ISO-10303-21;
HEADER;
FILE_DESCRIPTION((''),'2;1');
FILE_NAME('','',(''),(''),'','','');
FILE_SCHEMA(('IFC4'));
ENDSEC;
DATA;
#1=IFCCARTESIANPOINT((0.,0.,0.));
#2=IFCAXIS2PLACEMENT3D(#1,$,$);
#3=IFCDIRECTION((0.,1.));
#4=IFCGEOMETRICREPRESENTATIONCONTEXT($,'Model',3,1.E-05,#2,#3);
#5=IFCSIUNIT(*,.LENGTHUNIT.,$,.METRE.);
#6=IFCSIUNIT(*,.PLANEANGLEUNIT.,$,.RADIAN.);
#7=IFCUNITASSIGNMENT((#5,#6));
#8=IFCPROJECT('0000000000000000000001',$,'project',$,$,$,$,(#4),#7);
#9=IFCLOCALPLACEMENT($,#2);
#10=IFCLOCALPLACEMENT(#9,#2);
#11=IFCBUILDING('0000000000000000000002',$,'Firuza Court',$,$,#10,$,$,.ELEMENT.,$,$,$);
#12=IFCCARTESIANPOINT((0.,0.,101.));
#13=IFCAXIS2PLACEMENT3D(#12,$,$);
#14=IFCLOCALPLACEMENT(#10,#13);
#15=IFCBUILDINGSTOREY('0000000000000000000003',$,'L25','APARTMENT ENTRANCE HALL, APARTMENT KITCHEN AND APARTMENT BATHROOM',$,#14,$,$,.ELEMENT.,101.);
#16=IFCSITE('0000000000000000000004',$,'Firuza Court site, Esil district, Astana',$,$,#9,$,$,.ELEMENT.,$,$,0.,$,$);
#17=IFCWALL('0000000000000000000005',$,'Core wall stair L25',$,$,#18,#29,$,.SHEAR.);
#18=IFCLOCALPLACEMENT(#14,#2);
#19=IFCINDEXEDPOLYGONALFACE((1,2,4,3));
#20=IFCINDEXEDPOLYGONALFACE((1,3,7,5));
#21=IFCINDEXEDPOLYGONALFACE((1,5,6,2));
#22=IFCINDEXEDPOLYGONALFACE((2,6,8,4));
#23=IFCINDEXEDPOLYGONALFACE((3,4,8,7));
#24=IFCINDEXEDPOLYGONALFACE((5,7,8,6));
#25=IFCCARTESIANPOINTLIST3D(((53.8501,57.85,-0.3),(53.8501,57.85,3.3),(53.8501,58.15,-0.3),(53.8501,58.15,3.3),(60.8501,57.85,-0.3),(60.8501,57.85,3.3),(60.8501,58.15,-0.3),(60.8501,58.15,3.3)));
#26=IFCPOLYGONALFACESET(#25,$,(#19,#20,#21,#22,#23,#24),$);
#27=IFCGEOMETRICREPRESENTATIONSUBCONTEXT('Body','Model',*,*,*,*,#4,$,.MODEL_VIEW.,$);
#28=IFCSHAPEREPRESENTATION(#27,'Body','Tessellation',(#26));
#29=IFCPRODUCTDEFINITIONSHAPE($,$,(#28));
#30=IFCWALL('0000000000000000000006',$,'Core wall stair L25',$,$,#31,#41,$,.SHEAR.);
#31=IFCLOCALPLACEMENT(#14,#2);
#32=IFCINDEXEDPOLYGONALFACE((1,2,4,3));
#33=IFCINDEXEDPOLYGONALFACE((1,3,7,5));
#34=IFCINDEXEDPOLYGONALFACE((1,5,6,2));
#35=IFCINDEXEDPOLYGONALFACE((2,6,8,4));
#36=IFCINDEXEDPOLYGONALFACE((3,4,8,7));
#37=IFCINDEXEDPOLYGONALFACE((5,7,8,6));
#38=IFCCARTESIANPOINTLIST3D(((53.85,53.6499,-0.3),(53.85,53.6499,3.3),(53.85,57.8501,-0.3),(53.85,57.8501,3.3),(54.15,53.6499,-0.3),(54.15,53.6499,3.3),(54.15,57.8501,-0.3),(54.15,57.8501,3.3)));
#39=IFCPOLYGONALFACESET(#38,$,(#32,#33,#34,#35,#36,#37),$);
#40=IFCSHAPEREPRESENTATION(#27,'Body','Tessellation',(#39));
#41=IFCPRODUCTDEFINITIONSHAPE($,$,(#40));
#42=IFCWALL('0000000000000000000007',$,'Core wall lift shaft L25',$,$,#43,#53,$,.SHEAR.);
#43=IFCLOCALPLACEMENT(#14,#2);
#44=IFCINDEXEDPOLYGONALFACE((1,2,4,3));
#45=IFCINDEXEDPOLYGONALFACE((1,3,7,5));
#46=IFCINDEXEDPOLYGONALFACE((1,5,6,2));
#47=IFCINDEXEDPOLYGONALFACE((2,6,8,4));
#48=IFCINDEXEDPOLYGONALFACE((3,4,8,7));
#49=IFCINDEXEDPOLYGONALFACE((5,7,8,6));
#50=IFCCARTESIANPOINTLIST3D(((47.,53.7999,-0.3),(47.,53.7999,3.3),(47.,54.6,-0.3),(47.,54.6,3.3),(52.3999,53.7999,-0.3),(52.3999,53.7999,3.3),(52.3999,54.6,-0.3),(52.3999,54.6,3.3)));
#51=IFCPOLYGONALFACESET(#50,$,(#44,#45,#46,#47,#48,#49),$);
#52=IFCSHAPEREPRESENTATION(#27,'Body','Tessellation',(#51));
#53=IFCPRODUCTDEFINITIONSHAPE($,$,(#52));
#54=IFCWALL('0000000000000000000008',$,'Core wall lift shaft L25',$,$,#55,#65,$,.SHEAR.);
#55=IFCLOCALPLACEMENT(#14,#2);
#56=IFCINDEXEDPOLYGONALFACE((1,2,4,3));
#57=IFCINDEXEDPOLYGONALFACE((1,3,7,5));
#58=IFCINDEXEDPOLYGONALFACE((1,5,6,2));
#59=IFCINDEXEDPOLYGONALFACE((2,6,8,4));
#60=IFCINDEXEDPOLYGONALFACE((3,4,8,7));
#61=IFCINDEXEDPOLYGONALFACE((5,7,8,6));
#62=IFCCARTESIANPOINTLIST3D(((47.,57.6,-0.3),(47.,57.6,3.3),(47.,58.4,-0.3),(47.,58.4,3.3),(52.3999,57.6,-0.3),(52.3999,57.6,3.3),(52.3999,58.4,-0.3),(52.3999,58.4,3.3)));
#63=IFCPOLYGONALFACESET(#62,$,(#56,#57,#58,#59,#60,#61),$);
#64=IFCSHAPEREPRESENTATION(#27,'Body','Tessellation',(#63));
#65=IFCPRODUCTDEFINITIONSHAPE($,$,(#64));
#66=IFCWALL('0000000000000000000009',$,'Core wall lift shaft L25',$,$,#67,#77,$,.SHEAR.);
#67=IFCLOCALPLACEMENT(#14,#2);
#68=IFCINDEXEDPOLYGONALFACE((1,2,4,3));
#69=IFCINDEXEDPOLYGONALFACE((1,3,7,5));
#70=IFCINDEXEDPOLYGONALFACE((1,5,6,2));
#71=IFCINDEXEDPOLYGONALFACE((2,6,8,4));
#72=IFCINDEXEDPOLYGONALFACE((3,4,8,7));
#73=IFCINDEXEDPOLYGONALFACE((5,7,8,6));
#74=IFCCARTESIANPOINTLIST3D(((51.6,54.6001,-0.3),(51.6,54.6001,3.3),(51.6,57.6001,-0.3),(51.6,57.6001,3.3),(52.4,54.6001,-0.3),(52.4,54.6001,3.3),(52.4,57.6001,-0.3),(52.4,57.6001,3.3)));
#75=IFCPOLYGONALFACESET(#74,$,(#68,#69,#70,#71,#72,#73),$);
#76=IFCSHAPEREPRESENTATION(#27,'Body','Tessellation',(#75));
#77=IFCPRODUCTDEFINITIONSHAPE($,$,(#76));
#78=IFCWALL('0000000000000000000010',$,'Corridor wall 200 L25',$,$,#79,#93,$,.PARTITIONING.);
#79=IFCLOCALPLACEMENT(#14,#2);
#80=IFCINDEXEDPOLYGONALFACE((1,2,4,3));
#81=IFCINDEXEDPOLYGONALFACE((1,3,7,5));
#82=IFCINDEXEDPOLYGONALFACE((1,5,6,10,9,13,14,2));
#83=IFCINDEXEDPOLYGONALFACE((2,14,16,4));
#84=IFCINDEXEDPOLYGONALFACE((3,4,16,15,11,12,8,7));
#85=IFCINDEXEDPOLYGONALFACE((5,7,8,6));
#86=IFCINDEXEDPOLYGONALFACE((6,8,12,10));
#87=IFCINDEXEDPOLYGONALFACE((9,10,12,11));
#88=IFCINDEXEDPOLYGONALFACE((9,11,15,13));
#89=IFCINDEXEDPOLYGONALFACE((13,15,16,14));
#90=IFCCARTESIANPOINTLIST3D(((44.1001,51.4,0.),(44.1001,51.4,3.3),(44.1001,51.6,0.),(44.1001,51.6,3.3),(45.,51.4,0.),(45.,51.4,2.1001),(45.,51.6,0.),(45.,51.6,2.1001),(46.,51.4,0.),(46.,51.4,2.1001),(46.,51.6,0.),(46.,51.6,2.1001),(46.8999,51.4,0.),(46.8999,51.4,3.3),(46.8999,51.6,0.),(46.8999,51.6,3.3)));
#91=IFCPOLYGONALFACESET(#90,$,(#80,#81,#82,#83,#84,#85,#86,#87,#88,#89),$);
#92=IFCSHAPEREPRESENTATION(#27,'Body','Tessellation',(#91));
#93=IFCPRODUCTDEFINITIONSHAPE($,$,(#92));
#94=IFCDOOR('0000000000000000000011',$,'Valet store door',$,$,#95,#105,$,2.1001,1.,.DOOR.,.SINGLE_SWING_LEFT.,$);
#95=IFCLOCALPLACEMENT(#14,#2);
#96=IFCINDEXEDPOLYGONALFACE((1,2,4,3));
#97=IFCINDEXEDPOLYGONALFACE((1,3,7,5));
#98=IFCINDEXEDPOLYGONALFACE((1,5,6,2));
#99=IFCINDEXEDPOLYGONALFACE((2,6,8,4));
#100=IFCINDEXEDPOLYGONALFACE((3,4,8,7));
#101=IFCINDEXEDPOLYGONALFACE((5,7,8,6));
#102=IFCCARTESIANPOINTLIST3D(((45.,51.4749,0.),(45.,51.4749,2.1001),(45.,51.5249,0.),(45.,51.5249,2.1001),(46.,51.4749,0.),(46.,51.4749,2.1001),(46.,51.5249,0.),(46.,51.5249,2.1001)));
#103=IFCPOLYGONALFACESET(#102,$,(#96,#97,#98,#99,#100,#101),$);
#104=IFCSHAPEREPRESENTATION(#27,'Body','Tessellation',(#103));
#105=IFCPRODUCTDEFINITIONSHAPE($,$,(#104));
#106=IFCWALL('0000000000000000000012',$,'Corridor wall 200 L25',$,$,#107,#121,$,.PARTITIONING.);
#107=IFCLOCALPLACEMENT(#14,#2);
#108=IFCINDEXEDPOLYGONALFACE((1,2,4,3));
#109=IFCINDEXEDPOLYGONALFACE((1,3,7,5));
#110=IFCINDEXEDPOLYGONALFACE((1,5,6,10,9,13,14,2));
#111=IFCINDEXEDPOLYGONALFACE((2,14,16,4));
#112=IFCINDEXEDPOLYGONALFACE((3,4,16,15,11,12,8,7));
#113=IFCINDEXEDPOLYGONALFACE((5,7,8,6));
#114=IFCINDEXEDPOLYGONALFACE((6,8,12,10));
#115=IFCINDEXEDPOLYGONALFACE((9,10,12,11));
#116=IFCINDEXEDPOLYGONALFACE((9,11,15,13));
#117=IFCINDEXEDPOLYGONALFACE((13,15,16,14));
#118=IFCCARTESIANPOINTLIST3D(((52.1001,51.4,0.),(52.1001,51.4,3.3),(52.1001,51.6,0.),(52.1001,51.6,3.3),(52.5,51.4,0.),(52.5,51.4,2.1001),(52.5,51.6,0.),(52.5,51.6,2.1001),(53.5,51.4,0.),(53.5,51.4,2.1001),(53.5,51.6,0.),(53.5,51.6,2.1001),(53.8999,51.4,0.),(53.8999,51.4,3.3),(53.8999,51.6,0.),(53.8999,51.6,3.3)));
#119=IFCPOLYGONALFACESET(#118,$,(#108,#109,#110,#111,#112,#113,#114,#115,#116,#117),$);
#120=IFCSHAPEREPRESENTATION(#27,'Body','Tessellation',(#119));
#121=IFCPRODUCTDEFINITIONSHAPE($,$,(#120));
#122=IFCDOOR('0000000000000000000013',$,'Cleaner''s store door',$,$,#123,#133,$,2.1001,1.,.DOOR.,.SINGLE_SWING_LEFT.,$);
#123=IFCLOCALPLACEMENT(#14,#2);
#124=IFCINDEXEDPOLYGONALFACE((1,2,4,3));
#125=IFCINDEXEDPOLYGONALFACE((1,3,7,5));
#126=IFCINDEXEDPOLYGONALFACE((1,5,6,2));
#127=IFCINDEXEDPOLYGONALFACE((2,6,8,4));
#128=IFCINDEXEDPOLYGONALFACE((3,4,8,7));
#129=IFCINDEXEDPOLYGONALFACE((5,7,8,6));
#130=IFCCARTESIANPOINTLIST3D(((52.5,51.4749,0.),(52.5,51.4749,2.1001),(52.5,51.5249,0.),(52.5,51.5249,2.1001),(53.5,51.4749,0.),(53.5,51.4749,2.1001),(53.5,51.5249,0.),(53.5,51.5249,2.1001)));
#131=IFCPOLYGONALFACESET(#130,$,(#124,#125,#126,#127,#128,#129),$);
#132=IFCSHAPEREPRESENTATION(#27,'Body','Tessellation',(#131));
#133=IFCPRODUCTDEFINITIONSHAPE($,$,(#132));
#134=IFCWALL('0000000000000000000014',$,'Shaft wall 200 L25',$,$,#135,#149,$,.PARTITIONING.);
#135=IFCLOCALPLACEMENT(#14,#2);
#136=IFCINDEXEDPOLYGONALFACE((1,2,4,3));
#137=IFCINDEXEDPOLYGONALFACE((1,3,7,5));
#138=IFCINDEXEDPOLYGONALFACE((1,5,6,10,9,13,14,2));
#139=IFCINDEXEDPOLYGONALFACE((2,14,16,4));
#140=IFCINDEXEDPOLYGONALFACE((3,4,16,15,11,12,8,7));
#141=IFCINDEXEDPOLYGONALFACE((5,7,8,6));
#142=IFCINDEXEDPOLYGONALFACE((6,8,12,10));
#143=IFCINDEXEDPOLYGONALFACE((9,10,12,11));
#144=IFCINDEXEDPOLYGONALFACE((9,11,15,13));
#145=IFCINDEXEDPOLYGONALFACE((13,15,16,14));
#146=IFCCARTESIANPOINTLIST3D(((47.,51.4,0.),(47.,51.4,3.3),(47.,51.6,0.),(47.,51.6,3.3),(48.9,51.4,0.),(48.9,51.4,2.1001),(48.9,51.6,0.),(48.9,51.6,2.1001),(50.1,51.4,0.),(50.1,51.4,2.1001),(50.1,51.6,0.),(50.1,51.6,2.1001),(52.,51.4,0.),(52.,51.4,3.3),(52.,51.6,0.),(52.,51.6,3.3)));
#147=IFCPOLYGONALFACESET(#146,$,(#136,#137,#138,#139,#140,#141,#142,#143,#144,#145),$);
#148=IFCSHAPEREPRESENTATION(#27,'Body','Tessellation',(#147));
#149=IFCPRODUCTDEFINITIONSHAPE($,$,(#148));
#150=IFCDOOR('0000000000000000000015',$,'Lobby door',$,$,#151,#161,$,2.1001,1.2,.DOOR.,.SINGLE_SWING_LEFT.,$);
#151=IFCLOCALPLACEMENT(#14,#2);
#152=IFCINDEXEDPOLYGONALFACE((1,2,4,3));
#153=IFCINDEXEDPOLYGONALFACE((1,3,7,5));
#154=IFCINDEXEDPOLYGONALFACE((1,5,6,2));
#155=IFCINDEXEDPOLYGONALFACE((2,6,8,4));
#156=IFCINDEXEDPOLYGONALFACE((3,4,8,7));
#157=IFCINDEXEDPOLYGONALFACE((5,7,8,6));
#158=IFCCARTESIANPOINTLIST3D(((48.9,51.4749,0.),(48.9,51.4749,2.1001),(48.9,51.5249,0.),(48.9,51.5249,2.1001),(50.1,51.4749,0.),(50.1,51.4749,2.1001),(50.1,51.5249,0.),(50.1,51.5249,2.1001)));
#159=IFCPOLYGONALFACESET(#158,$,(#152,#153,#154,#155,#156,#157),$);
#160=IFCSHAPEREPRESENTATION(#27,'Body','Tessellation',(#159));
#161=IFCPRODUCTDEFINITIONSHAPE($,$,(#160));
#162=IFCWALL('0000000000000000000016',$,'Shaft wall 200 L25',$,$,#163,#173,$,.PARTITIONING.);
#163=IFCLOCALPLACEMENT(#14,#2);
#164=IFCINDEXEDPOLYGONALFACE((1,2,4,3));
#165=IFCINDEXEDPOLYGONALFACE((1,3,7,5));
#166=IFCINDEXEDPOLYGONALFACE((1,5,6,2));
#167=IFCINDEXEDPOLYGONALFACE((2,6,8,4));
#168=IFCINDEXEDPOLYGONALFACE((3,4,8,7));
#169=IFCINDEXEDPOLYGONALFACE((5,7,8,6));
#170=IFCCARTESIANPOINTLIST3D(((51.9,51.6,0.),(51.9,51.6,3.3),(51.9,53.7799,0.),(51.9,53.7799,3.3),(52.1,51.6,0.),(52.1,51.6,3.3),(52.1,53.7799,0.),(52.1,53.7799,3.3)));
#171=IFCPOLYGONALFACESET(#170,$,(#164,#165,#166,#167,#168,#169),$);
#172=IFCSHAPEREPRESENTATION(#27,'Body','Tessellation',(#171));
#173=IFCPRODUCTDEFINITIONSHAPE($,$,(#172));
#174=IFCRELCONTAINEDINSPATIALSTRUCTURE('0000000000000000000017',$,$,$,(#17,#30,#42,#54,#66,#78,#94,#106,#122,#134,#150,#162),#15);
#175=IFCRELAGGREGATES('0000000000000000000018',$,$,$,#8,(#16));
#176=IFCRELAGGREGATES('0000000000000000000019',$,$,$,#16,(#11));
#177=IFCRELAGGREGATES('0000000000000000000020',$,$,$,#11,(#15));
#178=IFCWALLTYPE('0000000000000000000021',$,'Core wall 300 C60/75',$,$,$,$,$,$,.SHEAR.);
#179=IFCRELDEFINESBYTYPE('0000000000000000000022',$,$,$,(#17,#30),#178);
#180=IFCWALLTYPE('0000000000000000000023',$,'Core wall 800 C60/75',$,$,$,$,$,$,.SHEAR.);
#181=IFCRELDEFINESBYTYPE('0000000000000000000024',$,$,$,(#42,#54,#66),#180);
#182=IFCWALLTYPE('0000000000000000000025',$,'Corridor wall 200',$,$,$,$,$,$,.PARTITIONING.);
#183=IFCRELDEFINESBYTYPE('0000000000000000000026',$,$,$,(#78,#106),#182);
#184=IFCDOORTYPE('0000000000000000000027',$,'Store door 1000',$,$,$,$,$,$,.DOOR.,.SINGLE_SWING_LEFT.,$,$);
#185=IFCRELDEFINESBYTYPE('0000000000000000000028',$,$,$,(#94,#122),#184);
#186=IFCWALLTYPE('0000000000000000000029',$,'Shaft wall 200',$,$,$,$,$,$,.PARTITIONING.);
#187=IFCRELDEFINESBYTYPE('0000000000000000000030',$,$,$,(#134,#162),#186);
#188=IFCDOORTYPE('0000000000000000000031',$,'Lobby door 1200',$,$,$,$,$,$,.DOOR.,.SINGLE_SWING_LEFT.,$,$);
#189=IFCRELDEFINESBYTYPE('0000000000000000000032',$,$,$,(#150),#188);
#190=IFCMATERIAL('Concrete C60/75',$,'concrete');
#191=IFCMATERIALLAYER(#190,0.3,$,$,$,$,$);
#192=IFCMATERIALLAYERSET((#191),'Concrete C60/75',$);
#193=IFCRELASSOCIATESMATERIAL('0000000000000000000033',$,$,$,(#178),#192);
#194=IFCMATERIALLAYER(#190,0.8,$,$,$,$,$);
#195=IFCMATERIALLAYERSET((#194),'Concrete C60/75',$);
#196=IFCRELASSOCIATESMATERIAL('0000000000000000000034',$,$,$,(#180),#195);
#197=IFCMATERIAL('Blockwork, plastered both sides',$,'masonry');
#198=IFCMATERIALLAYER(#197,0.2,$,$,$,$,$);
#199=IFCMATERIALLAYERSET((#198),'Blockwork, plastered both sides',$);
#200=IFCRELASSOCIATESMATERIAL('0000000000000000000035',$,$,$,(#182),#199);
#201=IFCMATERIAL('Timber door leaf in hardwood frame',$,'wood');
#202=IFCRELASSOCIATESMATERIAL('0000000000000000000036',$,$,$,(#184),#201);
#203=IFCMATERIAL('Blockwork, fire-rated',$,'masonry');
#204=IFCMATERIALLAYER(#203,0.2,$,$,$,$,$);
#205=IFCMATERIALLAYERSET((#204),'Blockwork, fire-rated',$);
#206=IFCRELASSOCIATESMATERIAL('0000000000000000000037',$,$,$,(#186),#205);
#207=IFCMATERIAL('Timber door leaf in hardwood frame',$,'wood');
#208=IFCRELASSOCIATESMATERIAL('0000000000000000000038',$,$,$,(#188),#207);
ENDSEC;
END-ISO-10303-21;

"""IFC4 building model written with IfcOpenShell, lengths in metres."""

from ifc_helpers import new_model, si_unit, direction, frame, frame_2d, origin, place, context, subcontext, project, spatial, rectangle, extrude, material, layer, layer_set, type_object, element, fill, save


model = new_model("IFC4")

# Units and contexts
model_context = context("Model", 3, precision=1e-05, world=origin(), true_north=direction((0.0, 1.0)))
body_context = subcontext(model_context, "Body", "Model", "MODEL_VIEW")
ifc_project = project(units=[si_unit("LENGTHUNIT", "METRE"), si_unit("PLANEANGLEUNIT", "RADIAN")], contexts=[model_context])

# Site, building, storey
site_placement = place(None, origin())
site = spatial("IfcSite", under=ifc_project, at=site_placement, Name="Firuza Court site, Esil district, Astana", CompositionType="ELEMENT", RefElevation=0.0)
building_placement = place(site_placement, origin())
building = spatial("IfcBuilding", under=site, at=building_placement, Name="Firuza Court", CompositionType="ELEMENT")
storey_placement = place(building_placement, frame((0.0, 0.0, 101.0)))
storey = spatial("IfcBuildingStorey", under=building, at=storey_placement, Name="L25", Description="APARTMENT ENTRANCE HALL, APARTMENT KITCHEN AND APARTMENT BATHROOM", CompositionType="ELEMENT", Elevation=101.0)

# Shared definitions
ifc_material_1 = material(Name="Concrete C60/75", Category="concrete")
ifc_layer_1 = layer(ifc_material_1, 0.3)
ifc_layer_set_1 = layer_set([ifc_layer_1], Name="Concrete C60/75")
wall_type_1 = type_object("IfcWallType", Name="Core wall 300 C60/75", PredefinedType="SHEAR", material=ifc_layer_set_1)

# Walls
wall_1_placement = place(storey_placement, frame((53.8501, 58.0, -0.3), z_axis=(0.0, 0.0, 1.0), x_axis=(1.0, 0.0, 0.0)))
element("IfcWall", 1, at=wall_1_placement, inside=storey, type_object=wall_type_1, Name="Core wall stair L25", PredefinedType="SHEAR", context=body_context, shape_type="SweptSolid", body=[
    extrude(rectangle(XDim=7.0, YDim=0.3, at=frame_2d((3.5, 0.0))), origin(), (0.0, 0.0, 1.0), 3.6001),
])
wall_2_placement = place(storey_placement, frame((54.0, 53.6499, -0.3), z_axis=(0.0, 0.0, 1.0), x_axis=(0.0, 1.0, 0.0)))
element("IfcWall", 2, at=wall_2_placement, inside=storey, type_object=wall_type_1, Name="Core wall stair L25", PredefinedType="SHEAR", context=body_context, shape_type="SweptSolid", body=[
    extrude(rectangle(XDim=4.2002, YDim=0.3, at=frame_2d((2.1001, 0.0))), origin(), (0.0, 0.0, 1.0), 3.6001),
])
ifc_layer_2 = layer(ifc_material_1, 0.8)
ifc_layer_set_2 = layer_set([ifc_layer_2], Name="Concrete C60/75")
wall_type_2 = type_object("IfcWallType", Name="Core wall 800 C60/75", PredefinedType="SHEAR", material=ifc_layer_set_2)
for number, where, z_axis, x_axis, name in (
    (3, (47.0, 54.2, -0.3), (0.0, 0.0, 1.0), (1.0, 0.0, 0.0), "Core wall lift shaft L25"),
    (4, (47.0, 58.0, -0.3), (0.0, 0.0, 1.0), (1.0, 0.0, 0.0), "Core wall lift shaft L25"),
):
    element("IfcWall", number, at=place(storey_placement, frame(where, z_axis=z_axis, x_axis=x_axis)), inside=storey, type_object=wall_type_2, Name=name, PredefinedType="SHEAR", context=body_context, shape_type="SweptSolid", body=[
        extrude(rectangle(XDim=5.3999, YDim=0.8, at=frame_2d((2.7, 0.0))), origin(), (0.0, 0.0, 1.0), 3.6001),
    ])
wall_3_placement = place(storey_placement, frame((52.0, 54.6001, -0.3), z_axis=(0.0, 0.0, 1.0), x_axis=(0.0, 1.0, 0.0)))
element("IfcWall", 5, at=wall_3_placement, inside=storey, type_object=wall_type_2, Name="Core wall lift shaft L25", PredefinedType="SHEAR", context=body_context, shape_type="SweptSolid", body=[
    extrude(rectangle(XDim=3.0, YDim=0.8, at=frame_2d((1.5, 0.0))), origin(), (0.0, 0.0, 1.0), 3.6001),
])

# Walls, openings, doors
ifc_material_2 = material(Name="Blockwork, plastered both sides", Category="masonry")
ifc_layer_3 = layer(ifc_material_2, 0.2)
ifc_layer_set_3 = layer_set([ifc_layer_3], Name="Blockwork, plastered both sides")
wall_type_3 = type_object("IfcWallType", Name="Corridor wall 200", PredefinedType="PARTITIONING", material=ifc_layer_set_3)
wall_4_placement = place(storey_placement, frame((44.1001, 51.5, 0.0), z_axis=(0.0, 0.0, 1.0), x_axis=(1.0, 0.0, 0.0)))
wall_4 = element("IfcWall", 6, at=wall_4_placement, inside=storey, type_object=wall_type_3, Name="Corridor wall 200 L25", PredefinedType="PARTITIONING", context=body_context, shape_type="SweptSolid", body=[
    extrude(rectangle(XDim=2.7998, YDim=0.2, at=frame_2d((1.3999, 0.0))), origin(), (0.0, 0.0, 1.0), 3.3),
])
opening_1_placement = place(wall_4_placement, frame((0.8999, 0.0, 0.0)))
opening_1 = element("IfcOpeningElement", 7, at=opening_1_placement, cuts=wall_4, PredefinedType="OPENING", context=body_context, shape_type="SweptSolid", body=[
    extrude(rectangle(XDim=1.0, YDim=2.1001, at=frame_2d((0.5, 1.05))), frame((0.0, 0.1118, 0.0), z_axis=(0.0, -1.0, 0.0), x_axis=(1.0, 0.0, 0.0)), (0.0, 0.0, 1.0), 0.2239),
])
ifc_material_3 = material(Name="Timber door leaf in hardwood frame", Category="wood")
door_type_1 = type_object("IfcDoorType", Name="Store door 1000", OperationType="SINGLE_SWING_LEFT", PredefinedType="DOOR", material=ifc_material_3)
door_1_placement = place(opening_1_placement, origin())
door_1 = element("IfcDoor", 8, at=door_1_placement, inside=storey, type_object=door_type_1, Name="Valet store door", OperationType="SINGLE_SWING_LEFT", OverallHeight=2.1001, OverallWidth=1.0, PredefinedType="DOOR", context=body_context, shape_type="SweptSolid", body=[
    extrude(rectangle(XDim=1.0, YDim=2.1001, at=frame_2d((0.5, 1.05))), frame((0.0, 0.0249, 0.0), z_axis=(0.0, -1.0, 0.0), x_axis=(1.0, 0.0, 0.0)), (0.0, 0.0, 1.0), 0.05),
])
fill(opening_1, door_1)
wall_5_placement = place(storey_placement, frame((52.1001, 51.5, 0.0), z_axis=(0.0, 0.0, 1.0), x_axis=(1.0, 0.0, 0.0)))
wall_5 = element("IfcWall", 9, at=wall_5_placement, inside=storey, type_object=wall_type_3, Name="Corridor wall 200 L25", PredefinedType="PARTITIONING", context=body_context, shape_type="SweptSolid", body=[
    extrude(rectangle(XDim=1.7998, YDim=0.2, at=frame_2d((0.8999, 0.0))), origin(), (0.0, 0.0, 1.0), 3.3),
])
opening_2_placement = place(wall_5_placement, frame((0.3999, 0.0, 0.0)))
opening_2 = element("IfcOpeningElement", 10, at=opening_2_placement, cuts=wall_5, PredefinedType="OPENING", context=body_context, shape_type="SweptSolid", body=[
    extrude(rectangle(XDim=1.0, YDim=2.1001, at=frame_2d((0.5, 1.05))), frame((0.0, 0.1118, 0.0), z_axis=(0.0, -1.0, 0.0), x_axis=(1.0, 0.0, 0.0)), (0.0, 0.0, 1.0), 0.2239),
])
door_2_placement = place(opening_2_placement, origin())
door_2 = element("IfcDoor", 11, at=door_2_placement, inside=storey, type_object=door_type_1, Name="Cleaner's store door", OperationType="SINGLE_SWING_LEFT", OverallHeight=2.1001, OverallWidth=1.0, PredefinedType="DOOR", context=body_context, shape_type="SweptSolid", body=[
    extrude(rectangle(XDim=1.0, YDim=2.1001, at=frame_2d((0.5, 1.05))), frame((0.0, 0.0249, 0.0), z_axis=(0.0, -1.0, 0.0), x_axis=(1.0, 0.0, 0.0)), (0.0, 0.0, 1.0), 0.05),
])
fill(opening_2, door_2)
ifc_material_4 = material(Name="Blockwork, fire-rated", Category="masonry")
ifc_layer_4 = layer(ifc_material_4, 0.2)
ifc_layer_set_4 = layer_set([ifc_layer_4], Name="Blockwork, fire-rated")
wall_type_4 = type_object("IfcWallType", Name="Shaft wall 200", PredefinedType="PARTITIONING", material=ifc_layer_set_4)
wall_6_placement = place(storey_placement, frame((47.0, 51.5, 0.0), z_axis=(0.0, 0.0, 1.0), x_axis=(1.0, 0.0, 0.0)))
wall_6 = element("IfcWall", 12, at=wall_6_placement, inside=storey, type_object=wall_type_4, Name="Shaft wall 200 L25", PredefinedType="PARTITIONING", context=body_context, shape_type="SweptSolid", body=[
    extrude(rectangle(XDim=5.0, YDim=0.2, at=frame_2d((2.5, 0.0))), origin(), (0.0, 0.0, 1.0), 3.3),
])
opening_3_placement = place(wall_6_placement, frame((1.8999, 0.0, 0.0)))
opening_3 = element("IfcOpeningElement", 13, at=opening_3_placement, cuts=wall_6, PredefinedType="OPENING", context=body_context, shape_type="SweptSolid", body=[
    extrude(rectangle(XDim=1.2, YDim=2.1001, at=frame_2d((0.6001, 1.05))), frame((0.0, 0.1118, 0.0), z_axis=(0.0, -1.0, 0.0), x_axis=(1.0, 0.0, 0.0)), (0.0, 0.0, 1.0), 0.2239),
])
ifc_material_5 = material(Name="Timber door leaf in hardwood frame", Category="wood")
door_type_2 = type_object("IfcDoorType", Name="Lobby door 1200", OperationType="SINGLE_SWING_LEFT", PredefinedType="DOOR", material=ifc_material_5)
door_3_placement = place(opening_3_placement, origin())
door_3 = element("IfcDoor", 14, at=door_3_placement, inside=storey, type_object=door_type_2, Name="Lobby door", OperationType="SINGLE_SWING_LEFT", OverallHeight=2.1001, OverallWidth=1.2, PredefinedType="DOOR", context=body_context, shape_type="SweptSolid", body=[
    extrude(rectangle(XDim=1.2, YDim=2.1001, at=frame_2d((0.6001, 1.05))), frame((0.0, 0.0249, 0.0), z_axis=(0.0, -1.0, 0.0), x_axis=(1.0, 0.0, 0.0)), (0.0, 0.0, 1.0), 0.05),
])
fill(opening_3, door_3)

# Wall
for number, where, z_axis, x_axis, name in (
    (15, (52.0, 51.6001, 0.0), (0.0, 0.0, 1.0), (0.0, 1.0, 0.0), "Shaft wall 200 L25"),
):
    element("IfcWall", number, at=place(storey_placement, frame(where, z_axis=z_axis, x_axis=x_axis)), inside=storey, type_object=wall_type_4, Name=name, PredefinedType="PARTITIONING", context=body_context, shape_type="SweptSolid", body=[
        extrude(rectangle(XDim=2.1799, YDim=0.2, at=frame_2d((1.0898, 0.0))), origin(), (0.0, 0.0, 1.0), 3.3),
    ])

save(model, "model.ifc")
